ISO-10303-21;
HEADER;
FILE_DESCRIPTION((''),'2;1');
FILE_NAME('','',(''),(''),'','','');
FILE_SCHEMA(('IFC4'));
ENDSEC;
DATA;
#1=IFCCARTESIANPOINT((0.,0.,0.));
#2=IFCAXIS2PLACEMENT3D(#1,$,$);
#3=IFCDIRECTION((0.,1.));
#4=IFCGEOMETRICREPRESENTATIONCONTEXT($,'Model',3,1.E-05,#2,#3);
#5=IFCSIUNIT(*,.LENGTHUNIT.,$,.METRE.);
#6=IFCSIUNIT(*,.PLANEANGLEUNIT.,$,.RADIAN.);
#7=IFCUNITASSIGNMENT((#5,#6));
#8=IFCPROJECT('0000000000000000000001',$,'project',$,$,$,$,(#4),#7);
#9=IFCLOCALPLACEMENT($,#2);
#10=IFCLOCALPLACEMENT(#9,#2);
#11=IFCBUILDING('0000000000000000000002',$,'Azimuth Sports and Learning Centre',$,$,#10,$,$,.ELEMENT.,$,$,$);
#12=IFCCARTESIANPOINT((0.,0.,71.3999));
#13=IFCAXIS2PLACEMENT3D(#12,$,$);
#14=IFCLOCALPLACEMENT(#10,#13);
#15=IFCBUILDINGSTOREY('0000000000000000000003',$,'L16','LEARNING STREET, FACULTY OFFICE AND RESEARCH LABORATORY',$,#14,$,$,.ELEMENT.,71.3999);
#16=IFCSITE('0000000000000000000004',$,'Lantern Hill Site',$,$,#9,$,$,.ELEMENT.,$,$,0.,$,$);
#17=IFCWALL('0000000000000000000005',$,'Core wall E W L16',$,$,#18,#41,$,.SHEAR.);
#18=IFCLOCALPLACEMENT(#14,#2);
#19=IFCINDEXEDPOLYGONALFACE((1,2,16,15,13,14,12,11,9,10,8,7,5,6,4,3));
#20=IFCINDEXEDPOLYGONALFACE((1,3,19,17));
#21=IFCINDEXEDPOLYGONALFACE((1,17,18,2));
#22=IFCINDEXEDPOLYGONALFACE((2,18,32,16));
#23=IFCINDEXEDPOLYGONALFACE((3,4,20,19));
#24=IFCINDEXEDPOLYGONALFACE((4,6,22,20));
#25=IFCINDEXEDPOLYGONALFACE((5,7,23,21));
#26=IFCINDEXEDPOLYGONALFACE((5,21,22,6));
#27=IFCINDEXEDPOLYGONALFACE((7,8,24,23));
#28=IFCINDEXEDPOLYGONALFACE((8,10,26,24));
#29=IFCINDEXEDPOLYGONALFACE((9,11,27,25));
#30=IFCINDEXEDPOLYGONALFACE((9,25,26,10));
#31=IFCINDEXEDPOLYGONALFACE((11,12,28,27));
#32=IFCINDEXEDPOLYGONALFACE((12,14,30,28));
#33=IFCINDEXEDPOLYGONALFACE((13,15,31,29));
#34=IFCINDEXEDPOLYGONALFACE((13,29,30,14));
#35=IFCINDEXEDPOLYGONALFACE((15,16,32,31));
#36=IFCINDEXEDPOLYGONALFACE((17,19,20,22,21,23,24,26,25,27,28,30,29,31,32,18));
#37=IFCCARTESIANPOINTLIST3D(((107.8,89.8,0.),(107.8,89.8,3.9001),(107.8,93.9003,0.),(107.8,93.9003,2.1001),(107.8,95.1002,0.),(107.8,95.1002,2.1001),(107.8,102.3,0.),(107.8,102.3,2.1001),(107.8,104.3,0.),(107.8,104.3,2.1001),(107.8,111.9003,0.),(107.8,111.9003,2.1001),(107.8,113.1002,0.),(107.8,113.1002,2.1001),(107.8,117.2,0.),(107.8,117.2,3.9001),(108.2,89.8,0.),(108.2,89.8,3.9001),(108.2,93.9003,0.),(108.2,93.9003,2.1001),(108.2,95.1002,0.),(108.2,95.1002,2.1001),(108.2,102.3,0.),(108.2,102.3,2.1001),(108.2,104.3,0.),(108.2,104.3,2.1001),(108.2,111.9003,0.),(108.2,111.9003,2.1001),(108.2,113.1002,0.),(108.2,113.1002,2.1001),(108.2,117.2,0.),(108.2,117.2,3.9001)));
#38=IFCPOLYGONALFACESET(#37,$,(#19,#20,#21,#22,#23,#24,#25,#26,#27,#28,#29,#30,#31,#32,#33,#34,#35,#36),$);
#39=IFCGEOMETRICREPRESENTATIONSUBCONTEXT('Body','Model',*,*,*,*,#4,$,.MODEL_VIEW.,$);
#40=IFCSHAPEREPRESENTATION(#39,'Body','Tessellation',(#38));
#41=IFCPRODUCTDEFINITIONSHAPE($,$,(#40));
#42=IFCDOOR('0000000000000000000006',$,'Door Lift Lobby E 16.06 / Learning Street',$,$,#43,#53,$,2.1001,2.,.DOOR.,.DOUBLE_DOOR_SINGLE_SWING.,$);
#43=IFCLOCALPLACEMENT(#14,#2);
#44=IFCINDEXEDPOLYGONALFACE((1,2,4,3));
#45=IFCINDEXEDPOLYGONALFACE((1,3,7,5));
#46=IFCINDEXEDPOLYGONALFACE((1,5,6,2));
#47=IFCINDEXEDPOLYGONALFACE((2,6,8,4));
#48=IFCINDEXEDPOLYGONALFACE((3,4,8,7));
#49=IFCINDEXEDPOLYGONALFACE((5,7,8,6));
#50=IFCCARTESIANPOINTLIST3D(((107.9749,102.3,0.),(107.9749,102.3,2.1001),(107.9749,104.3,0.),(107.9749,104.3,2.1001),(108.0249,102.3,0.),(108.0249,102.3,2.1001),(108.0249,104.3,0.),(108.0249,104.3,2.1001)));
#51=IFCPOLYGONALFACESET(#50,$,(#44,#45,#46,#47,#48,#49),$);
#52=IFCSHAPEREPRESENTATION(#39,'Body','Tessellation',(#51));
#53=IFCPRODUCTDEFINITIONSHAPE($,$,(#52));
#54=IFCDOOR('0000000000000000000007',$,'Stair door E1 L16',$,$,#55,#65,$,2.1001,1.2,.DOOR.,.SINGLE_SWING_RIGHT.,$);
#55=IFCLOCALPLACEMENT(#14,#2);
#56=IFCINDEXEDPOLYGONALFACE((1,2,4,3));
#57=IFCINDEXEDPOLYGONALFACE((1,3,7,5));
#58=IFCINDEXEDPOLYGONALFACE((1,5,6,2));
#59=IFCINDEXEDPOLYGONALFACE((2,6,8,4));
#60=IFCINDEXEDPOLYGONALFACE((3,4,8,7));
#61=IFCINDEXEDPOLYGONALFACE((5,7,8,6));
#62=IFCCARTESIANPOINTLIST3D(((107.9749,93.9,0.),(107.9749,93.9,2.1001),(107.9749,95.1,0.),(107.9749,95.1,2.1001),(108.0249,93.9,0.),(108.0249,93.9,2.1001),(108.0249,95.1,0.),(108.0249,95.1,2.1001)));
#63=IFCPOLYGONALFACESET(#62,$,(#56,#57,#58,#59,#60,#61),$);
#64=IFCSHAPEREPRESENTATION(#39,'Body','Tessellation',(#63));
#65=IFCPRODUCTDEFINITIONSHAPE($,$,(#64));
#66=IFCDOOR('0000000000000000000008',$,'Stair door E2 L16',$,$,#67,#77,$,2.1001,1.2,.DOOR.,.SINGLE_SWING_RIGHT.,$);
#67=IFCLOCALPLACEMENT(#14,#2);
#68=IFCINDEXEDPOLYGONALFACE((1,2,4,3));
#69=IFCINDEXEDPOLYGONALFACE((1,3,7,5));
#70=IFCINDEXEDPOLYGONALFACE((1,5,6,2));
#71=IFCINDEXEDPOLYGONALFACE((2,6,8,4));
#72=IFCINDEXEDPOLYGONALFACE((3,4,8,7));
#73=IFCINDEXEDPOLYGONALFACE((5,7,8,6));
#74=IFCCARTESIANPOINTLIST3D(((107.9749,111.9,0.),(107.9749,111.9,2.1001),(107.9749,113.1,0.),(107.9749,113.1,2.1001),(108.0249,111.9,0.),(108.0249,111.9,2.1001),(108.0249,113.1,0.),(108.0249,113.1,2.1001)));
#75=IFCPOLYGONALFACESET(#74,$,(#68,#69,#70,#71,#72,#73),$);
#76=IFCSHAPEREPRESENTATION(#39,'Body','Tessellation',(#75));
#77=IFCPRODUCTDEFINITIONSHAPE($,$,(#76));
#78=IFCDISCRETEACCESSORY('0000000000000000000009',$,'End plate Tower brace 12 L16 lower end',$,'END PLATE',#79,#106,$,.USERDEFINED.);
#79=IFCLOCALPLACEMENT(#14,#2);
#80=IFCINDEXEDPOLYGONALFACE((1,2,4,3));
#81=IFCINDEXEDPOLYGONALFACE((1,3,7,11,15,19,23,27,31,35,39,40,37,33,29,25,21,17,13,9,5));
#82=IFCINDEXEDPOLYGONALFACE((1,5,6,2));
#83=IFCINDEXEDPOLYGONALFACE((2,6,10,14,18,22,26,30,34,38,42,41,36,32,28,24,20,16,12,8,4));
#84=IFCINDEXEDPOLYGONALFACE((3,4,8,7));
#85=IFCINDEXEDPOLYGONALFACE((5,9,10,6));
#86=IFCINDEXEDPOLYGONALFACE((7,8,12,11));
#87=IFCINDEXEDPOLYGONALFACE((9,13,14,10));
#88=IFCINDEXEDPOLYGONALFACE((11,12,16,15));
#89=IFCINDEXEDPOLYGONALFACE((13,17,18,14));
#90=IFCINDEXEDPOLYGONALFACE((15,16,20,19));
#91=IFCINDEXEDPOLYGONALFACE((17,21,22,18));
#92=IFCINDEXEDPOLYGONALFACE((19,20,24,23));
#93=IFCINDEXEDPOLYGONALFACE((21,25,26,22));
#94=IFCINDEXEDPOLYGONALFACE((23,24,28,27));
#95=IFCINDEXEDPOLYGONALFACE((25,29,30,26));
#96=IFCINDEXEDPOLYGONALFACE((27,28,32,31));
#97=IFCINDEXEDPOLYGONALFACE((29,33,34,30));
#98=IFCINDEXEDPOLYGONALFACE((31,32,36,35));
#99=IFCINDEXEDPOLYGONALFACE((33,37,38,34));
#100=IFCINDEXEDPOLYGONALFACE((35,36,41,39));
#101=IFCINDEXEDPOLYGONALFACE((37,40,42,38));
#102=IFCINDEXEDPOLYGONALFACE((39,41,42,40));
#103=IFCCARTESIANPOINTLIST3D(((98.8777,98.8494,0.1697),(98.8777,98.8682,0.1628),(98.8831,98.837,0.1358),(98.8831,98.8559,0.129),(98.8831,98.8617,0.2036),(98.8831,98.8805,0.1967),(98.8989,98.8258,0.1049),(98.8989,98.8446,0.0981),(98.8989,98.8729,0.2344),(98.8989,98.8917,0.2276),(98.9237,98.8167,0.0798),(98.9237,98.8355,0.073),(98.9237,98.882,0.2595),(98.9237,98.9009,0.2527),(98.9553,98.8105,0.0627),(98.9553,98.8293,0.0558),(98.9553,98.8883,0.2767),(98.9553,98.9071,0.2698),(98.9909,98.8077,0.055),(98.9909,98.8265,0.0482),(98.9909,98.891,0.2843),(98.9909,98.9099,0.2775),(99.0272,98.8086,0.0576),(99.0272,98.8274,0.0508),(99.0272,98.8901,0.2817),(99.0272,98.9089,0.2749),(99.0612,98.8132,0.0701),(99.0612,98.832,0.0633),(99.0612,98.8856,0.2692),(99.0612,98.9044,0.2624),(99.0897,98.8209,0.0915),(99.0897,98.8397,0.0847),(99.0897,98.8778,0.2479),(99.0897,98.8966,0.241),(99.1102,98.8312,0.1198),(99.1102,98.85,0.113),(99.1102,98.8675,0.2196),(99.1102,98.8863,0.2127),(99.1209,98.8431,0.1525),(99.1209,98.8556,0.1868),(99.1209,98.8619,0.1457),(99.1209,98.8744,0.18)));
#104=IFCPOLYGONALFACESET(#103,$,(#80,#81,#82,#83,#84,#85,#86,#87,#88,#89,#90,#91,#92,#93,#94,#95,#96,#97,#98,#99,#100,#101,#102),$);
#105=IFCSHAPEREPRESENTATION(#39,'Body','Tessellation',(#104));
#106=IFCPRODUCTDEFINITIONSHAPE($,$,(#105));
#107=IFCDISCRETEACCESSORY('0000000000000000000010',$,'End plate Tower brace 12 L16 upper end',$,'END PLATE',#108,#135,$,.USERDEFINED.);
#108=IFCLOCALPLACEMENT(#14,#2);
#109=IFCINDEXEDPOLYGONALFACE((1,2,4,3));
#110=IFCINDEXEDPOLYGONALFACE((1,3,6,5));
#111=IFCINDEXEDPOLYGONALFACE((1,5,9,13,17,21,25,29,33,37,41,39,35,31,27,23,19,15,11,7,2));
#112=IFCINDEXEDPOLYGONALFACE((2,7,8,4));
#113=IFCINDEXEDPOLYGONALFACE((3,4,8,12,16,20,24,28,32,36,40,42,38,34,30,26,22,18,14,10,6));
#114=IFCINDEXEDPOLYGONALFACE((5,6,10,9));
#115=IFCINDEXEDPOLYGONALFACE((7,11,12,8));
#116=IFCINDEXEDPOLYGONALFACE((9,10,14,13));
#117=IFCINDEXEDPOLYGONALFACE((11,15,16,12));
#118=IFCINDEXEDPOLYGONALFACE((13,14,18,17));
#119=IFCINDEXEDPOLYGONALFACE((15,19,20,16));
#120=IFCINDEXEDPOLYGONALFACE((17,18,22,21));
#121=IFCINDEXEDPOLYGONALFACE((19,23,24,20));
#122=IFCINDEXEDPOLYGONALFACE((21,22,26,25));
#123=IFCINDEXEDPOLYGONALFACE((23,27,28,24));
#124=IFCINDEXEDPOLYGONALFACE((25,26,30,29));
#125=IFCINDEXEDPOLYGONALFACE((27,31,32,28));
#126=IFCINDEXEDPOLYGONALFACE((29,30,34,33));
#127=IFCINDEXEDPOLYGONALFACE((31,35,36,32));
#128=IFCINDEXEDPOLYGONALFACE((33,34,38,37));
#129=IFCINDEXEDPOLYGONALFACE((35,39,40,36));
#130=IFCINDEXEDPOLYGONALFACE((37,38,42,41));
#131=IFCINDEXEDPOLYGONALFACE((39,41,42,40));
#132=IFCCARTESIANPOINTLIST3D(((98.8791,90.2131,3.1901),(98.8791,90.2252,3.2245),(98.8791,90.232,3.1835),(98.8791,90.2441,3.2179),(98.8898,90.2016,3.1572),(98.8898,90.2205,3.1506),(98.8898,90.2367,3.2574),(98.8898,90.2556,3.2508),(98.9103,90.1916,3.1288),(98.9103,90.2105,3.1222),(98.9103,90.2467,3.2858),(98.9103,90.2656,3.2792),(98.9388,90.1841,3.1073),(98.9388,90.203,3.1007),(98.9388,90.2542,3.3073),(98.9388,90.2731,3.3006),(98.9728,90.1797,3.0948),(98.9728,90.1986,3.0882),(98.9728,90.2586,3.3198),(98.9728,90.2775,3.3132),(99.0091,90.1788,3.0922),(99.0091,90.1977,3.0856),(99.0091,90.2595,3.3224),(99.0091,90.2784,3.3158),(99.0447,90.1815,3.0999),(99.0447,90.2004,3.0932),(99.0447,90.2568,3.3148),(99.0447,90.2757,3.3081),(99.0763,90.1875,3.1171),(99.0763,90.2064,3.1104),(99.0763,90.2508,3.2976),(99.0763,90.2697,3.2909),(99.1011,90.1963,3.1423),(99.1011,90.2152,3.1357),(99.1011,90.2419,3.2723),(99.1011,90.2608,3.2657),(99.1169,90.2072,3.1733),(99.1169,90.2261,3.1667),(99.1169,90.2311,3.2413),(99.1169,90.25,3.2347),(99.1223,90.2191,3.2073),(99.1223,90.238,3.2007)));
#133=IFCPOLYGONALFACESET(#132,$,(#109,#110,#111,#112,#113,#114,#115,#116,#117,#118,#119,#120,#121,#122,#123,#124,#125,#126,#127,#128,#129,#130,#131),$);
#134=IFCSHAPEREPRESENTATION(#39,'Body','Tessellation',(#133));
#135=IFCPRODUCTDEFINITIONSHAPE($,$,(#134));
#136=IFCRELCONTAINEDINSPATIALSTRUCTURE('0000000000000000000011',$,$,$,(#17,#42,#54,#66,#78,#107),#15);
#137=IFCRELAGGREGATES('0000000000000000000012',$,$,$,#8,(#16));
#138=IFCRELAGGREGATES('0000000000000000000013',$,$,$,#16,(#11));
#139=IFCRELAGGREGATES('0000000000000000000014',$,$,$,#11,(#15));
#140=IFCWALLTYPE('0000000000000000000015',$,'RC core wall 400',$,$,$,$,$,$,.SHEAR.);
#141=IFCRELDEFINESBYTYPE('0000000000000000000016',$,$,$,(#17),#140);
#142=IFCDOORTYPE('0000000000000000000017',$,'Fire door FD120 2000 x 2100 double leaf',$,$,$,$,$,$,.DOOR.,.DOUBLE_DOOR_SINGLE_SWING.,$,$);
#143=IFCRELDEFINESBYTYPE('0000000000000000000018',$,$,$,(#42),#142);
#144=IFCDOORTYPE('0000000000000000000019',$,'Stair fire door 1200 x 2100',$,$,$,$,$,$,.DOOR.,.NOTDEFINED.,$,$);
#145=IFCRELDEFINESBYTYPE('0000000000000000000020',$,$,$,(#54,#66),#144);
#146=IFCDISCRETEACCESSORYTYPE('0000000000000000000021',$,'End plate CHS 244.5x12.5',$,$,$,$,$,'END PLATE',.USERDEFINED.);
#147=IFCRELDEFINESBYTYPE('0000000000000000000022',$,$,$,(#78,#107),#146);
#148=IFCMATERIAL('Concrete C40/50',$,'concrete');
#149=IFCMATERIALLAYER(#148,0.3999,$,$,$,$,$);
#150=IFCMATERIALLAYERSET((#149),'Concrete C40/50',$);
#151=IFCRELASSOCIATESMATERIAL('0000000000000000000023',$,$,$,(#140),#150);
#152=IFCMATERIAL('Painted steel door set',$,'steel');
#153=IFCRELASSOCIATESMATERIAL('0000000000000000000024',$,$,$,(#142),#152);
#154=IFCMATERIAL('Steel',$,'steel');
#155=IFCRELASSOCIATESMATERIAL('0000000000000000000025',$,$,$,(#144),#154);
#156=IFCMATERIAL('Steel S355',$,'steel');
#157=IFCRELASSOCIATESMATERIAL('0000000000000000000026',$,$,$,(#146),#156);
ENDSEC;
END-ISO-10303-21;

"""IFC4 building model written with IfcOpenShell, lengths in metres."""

from ifc_helpers import new_model, si_unit, direction, frame, frame_2d, origin, origin_2d, place, context, subcontext, project, spatial, rectangle, circle, extrude, material, layer, layer_set, material_profile, profile_set, type_object, element, fill, save


model = new_model("IFC4")

# Units and contexts
model_context = context("Model", 3, precision=1e-05, world=origin(), true_north=direction((0.0, 1.0)))
body_context = subcontext(model_context, "Body", "Model", "MODEL_VIEW")
ifc_project = project(units=[si_unit("LENGTHUNIT", "METRE"), si_unit("PLANEANGLEUNIT", "RADIAN")], contexts=[model_context])

# Site, building, storey
site_placement = place(None, origin())
site = spatial("IfcSite", under=ifc_project, at=site_placement, Name="Lantern Hill Site", CompositionType="ELEMENT", RefElevation=0.0)
building_placement = place(site_placement, origin())
building = spatial("IfcBuilding", under=site, at=building_placement, Name="Azimuth Sports and Learning Centre", CompositionType="ELEMENT")
storey_placement = place(building_placement, frame((0.0, 0.0, 71.3999)))
storey = spatial("IfcBuildingStorey", under=building, at=storey_placement, Name="L16", Description="LEARNING STREET, FACULTY OFFICE AND RESEARCH LABORATORY", CompositionType="ELEMENT", Elevation=71.3999)

# Wall, openings, doors
ifc_material_1 = material(Name="Concrete C40/50", Category="concrete")
ifc_layer_1 = layer(ifc_material_1, 0.3999)
ifc_layer_set_1 = layer_set([ifc_layer_1], Name="Concrete C40/50")
wall_type_1 = type_object("IfcWallType", Name="RC core wall 400", PredefinedType="SHEAR", material=ifc_layer_set_1)
wall_1_placement = place(storey_placement, frame((108.0, 89.8, 0.0), z_axis=(0.0, 0.0, 1.0), x_axis=(0.0, 1.0, 0.0)))
wall_1 = element("IfcWall", 1, at=wall_1_placement, inside=storey, type_object=wall_type_1, Name="Core wall E W L16", PredefinedType="SHEAR", context=body_context, shape_type="SweptSolid", body=[
    extrude(rectangle(XDim=27.3999, YDim=0.3999, at=frame_2d((13.7, 0.0))), origin(), (0.0, 0.0, 1.0), 3.9001),
])
opening_1_placement = place(wall_1_placement, frame((4.1001, 0.0, 0.0)))
opening_1 = element("IfcOpeningElement", 2, at=opening_1_placement, cuts=wall_1, PredefinedType="OPENING", context=body_context, shape_type="SweptSolid", body=[
    extrude(rectangle(XDim=1.2, YDim=2.1001, at=frame_2d((0.6001, 1.05))), frame((0.0, 0.2109, 0.0), z_axis=(0.0, -1.0, 0.0), x_axis=(1.0, 0.0, 0.0)), (0.0, 0.0, 1.0), 0.4219),
])
opening_2_placement = place(wall_1_placement, frame((22.1001, 0.0, 0.0)))
opening_2 = element("IfcOpeningElement", 3, at=opening_2_placement, cuts=wall_1, PredefinedType="OPENING", context=body_context, shape_type="SweptSolid", body=[
    extrude(rectangle(XDim=1.2, YDim=2.1001, at=frame_2d((0.6001, 1.05))), frame((0.0, 0.2109, 0.0), z_axis=(0.0, -1.0, 0.0), x_axis=(1.0, 0.0, 0.0)), (0.0, 0.0, 1.0), 0.4219),
])
opening_3_placement = place(wall_1_placement, frame((12.5, 0.0, 0.0)))
opening_3 = element("IfcOpeningElement", 4, at=opening_3_placement, cuts=wall_1, PredefinedType="OPENING", context=body_context, shape_type="SweptSolid", body=[
    extrude(rectangle(XDim=2.0, YDim=2.1001, at=frame_2d((1.0, 1.05))), frame((0.0, 0.2109, 0.0), z_axis=(0.0, -1.0, 0.0), x_axis=(1.0, 0.0, 0.0)), (0.0, 0.0, 1.0), 0.4219),
])
ifc_material_2 = material(Name="Painted steel door set", Category="steel")
door_type_1 = type_object("IfcDoorType", Name="Fire door FD120 2000 x 2100 double leaf", OperationType="DOUBLE_DOOR_SINGLE_SWING", PredefinedType="DOOR", material=ifc_material_2)
door_1_placement = place(opening_3_placement, frame((2.0, 0.0, 0.0), z_axis=(0.0, 0.0, 1.0), x_axis=(-1.0, 0.0, 0.0)))
door_1 = element("IfcDoor", 5, at=door_1_placement, inside=storey, type_object=door_type_1, Name="Door Lift Lobby E 16.06 / Learning Street", OperationType="DOUBLE_DOOR_SINGLE_SWING", OverallHeight=2.1001, OverallWidth=2.0, PredefinedType="DOOR", context=body_context, shape_type="SweptSolid", body=[
    extrude(rectangle(XDim=2.0, YDim=2.1001, at=frame_2d((1.0, 1.05))), frame((0.0, 0.0249, 0.0), z_axis=(0.0, -1.0, 0.0), x_axis=(1.0, 0.0, 0.0)), (0.0, 0.0, 1.0), 0.05),
])
fill(opening_3, door_1)
ifc_material_3 = material(Name="Steel", Category="steel")
door_type_2 = type_object("IfcDoorType", Name="Stair fire door 1200 x 2100", OperationType="NOTDEFINED", PredefinedType="DOOR", material=ifc_material_3)
door_2_placement = place(opening_1_placement, frame((1.2, 0.0, 0.0), z_axis=(0.0, 0.0, 1.0), x_axis=(-1.0, 0.0, 0.0)))
door_2 = element("IfcDoor", 6, at=door_2_placement, inside=storey, type_object=door_type_2, Name="Stair door E1 L16", OperationType="SINGLE_SWING_RIGHT", OverallHeight=2.1001, OverallWidth=1.2, PredefinedType="DOOR", context=body_context, shape_type="SweptSolid", body=[
    extrude(rectangle(XDim=1.2, YDim=2.1001, at=frame_2d((0.6001, 1.05))), frame((0.0, 0.0249, 0.0), z_axis=(0.0, -1.0, 0.0), x_axis=(1.0, 0.0, 0.0)), (0.0, 0.0, 1.0), 0.05),
])
fill(opening_1, door_2)
door_3_placement = place(opening_2_placement, frame((1.2, 0.0, 0.0), z_axis=(0.0, 0.0, 1.0), x_axis=(-1.0, 0.0, 0.0)))
door_3 = element("IfcDoor", 7, at=door_3_placement, inside=storey, type_object=door_type_2, Name="Stair door E2 L16", OperationType="SINGLE_SWING_RIGHT", OverallHeight=2.1001, OverallWidth=1.2, PredefinedType="DOOR", context=body_context, shape_type="SweptSolid", body=[
    extrude(rectangle(XDim=1.2, YDim=2.1001, at=frame_2d((0.6001, 1.05))), frame((0.0, 0.0249, 0.0), z_axis=(0.0, -1.0, 0.0), x_axis=(1.0, 0.0, 0.0)), (0.0, 0.0, 1.0), 0.05),
])
fill(opening_2, door_3)

# Discrete accessories
ifc_material_4 = material(Name="Steel S355", Category="steel")
ifc_material_profile_1 = material_profile(ifc_material_4, circle(Radius=0.1223, at=origin_2d()), Name="PL 244 DISC")
ifc_profile_set_1 = profile_set([ifc_material_profile_1], Name="Steel S355")
discrete_accessory_type = type_object("IfcDiscreteAccessoryType", Name="End plate CHS 244.5x12.5", ElementType="END PLATE", PredefinedType="USERDEFINED", material=ifc_profile_set_1)
for number, where, z_axis, x_axis, name in (
    (8, (99.0, 98.8494, 0.1697), (0.0, 0.939793, -0.341743), (-1.0, 0.0, 0.0), "End plate Tower brace 12 L16 lower end"),
    (9, (99.0, 90.238, 3.2007), (0.0, -0.943667, 0.330896), (1.0, 0.0, 0.0), "End plate Tower brace 12 L16 upper end"),
):
    element("IfcDiscreteAccessory", number, at=place(storey_placement, frame(where, z_axis=z_axis, x_axis=x_axis)), inside=storey, type_object=discrete_accessory_type, Name=name, ObjectType="END PLATE", PredefinedType="USERDEFINED", context=body_context, shape_type="SweptSolid", body=[
        extrude(circle(Radius=0.1223, at=origin_2d()), origin(), (0.0, 0.0, 1.0), 0.02),
    ])

save(model, "model.ifc")
